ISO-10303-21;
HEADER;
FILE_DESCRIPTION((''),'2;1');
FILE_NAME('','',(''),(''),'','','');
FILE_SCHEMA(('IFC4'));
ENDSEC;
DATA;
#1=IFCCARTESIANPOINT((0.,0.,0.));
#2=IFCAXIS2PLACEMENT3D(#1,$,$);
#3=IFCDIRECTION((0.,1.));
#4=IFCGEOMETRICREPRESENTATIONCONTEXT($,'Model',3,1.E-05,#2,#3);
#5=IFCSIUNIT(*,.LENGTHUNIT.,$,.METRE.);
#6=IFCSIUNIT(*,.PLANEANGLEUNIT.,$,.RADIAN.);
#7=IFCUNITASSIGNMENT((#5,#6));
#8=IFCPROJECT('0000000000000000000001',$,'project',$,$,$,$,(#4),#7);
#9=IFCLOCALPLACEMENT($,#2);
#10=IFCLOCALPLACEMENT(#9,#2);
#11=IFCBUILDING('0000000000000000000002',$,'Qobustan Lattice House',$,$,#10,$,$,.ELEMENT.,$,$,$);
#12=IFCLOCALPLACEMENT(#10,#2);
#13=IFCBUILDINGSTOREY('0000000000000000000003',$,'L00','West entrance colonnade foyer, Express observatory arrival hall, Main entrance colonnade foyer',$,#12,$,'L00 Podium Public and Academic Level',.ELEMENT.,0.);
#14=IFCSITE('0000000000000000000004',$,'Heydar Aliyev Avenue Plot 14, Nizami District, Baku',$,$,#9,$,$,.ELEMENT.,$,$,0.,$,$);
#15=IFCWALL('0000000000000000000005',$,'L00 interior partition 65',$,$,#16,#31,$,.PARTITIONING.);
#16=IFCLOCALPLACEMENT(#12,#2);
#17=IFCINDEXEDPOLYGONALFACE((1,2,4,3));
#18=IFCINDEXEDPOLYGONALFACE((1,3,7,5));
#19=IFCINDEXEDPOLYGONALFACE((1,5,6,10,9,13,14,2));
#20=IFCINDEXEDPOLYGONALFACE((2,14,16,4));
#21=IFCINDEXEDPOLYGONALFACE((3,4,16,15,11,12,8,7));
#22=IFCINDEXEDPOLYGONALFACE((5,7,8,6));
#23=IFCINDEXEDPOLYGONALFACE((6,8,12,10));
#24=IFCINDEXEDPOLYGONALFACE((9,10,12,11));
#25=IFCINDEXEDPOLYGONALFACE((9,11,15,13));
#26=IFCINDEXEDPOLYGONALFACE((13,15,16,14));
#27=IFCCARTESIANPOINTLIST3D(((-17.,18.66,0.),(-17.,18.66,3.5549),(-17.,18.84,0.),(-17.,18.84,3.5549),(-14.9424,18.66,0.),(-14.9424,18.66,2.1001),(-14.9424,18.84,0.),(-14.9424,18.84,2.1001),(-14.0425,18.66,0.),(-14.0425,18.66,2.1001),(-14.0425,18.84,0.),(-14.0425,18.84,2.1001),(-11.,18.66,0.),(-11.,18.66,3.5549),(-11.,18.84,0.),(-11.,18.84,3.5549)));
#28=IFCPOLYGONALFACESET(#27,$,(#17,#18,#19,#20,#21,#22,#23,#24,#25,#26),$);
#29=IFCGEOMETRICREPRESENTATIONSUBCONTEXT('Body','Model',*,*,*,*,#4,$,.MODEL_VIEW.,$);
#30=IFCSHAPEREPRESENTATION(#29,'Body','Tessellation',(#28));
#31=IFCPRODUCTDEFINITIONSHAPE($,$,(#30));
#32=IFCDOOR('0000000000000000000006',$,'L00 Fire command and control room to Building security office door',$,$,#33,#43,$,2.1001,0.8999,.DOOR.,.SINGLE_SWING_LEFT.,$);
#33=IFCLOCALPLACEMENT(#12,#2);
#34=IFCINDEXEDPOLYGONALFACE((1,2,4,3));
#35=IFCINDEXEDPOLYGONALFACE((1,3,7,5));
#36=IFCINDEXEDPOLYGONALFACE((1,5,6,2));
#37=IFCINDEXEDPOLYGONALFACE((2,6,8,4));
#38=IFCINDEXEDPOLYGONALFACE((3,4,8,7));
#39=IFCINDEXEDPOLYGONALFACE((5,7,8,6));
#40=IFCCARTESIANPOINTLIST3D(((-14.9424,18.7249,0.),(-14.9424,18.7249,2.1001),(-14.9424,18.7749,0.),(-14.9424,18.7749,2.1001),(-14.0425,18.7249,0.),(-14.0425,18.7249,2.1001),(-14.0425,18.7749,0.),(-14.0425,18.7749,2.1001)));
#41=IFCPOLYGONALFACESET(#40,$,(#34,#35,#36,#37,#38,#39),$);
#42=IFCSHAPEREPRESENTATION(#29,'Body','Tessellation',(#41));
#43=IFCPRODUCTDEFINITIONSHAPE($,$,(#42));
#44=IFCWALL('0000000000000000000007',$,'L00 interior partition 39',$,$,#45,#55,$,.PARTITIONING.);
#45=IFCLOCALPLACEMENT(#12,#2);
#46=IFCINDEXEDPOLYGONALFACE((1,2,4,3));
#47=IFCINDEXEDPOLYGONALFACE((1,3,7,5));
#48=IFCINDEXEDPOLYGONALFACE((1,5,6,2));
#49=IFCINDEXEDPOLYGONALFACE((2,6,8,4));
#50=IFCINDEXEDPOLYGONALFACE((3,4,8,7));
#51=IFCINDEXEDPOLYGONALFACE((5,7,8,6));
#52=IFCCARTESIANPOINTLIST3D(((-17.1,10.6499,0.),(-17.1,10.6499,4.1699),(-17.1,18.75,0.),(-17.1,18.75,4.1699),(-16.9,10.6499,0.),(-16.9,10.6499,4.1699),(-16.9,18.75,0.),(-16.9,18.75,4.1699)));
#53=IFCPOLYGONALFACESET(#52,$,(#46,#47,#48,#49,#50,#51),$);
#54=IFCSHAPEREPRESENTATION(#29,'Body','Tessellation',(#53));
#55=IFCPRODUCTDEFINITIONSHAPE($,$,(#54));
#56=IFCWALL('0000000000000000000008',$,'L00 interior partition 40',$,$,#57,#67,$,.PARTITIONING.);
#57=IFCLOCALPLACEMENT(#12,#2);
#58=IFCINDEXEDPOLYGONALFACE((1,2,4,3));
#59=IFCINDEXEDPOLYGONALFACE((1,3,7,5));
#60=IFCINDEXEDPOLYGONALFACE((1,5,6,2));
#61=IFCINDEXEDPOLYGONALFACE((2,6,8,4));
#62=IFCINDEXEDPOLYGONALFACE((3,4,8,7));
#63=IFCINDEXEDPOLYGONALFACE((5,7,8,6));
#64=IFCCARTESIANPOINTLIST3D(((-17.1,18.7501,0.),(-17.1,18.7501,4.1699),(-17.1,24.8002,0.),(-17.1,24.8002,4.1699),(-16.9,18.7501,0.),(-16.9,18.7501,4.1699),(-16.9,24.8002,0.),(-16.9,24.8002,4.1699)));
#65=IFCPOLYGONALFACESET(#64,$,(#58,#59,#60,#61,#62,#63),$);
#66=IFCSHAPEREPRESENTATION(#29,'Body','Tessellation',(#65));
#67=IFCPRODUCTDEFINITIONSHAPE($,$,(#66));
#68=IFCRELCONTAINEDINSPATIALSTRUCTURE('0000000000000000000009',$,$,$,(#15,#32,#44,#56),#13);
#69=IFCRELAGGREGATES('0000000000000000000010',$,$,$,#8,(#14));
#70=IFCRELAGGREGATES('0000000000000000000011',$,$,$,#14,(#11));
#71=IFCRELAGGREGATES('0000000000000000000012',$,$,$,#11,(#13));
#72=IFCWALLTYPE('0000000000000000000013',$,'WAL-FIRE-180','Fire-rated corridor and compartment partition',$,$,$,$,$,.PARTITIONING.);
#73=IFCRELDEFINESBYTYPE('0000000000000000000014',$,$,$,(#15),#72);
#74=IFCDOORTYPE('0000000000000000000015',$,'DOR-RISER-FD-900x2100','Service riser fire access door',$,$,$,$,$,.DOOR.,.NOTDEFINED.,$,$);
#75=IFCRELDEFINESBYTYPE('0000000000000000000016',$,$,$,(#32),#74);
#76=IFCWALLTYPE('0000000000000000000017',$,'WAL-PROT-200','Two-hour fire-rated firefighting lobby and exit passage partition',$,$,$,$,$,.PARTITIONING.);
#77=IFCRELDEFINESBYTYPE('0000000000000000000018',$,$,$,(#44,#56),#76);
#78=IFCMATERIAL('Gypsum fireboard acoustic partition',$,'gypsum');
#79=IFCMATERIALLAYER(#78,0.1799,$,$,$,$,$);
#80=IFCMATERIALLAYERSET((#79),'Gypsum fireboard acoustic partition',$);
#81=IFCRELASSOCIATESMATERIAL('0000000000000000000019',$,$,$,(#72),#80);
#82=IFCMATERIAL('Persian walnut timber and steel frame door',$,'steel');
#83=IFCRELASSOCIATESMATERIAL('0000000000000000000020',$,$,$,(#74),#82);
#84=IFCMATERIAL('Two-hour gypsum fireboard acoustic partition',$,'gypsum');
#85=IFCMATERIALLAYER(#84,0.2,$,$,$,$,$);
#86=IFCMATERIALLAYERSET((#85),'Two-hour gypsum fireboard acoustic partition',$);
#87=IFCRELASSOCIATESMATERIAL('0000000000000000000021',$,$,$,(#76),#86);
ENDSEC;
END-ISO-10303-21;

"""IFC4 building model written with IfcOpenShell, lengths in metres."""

from ifc_helpers import new_model, si_unit, direction, frame, frame_2d, origin, place, context, subcontext, project, spatial, rectangle, extrude, material, layer, layer_set, type_object, element, fill, save


model = new_model("IFC4")

# Units and contexts
model_context = context("Model", 3, precision=1e-05, world=origin(), true_north=direction((0.0, 1.0)))
body_context = subcontext(model_context, "Body", "Model", "MODEL_VIEW")
ifc_project = project(units=[si_unit("LENGTHUNIT", "METRE"), si_unit("PLANEANGLEUNIT", "RADIAN")], contexts=[model_context])

# Site, building, storey
site_placement = place(None, origin())
site = spatial("IfcSite", under=ifc_project, at=site_placement, Name="Heydar Aliyev Avenue Plot 14, Nizami District, Baku", CompositionType="ELEMENT", RefElevation=0.0)
building_placement = place(site_placement, origin())
building = spatial("IfcBuilding", under=site, at=building_placement, Name="Qobustan Lattice House", CompositionType="ELEMENT")
storey_placement = place(building_placement, origin())
storey = spatial("IfcBuildingStorey", under=building, at=storey_placement, Name="L00", Description="West entrance colonnade foyer, Express observatory arrival hall, Main entrance colonnade foyer", LongName="L00 Podium Public and Academic Level", CompositionType="ELEMENT", Elevation=0.0)

# Wall, opening, door
ifc_material_1 = material(Name="Gypsum fireboard acoustic partition", Category="gypsum")
ifc_layer_1 = layer(ifc_material_1, 0.1799)
ifc_layer_set_1 = layer_set([ifc_layer_1], Name="Gypsum fireboard acoustic partition")
wall_type_1 = type_object("IfcWallType", Name="WAL-FIRE-180", Description="Fire-rated corridor and compartment partition", PredefinedType="PARTITIONING", material=ifc_layer_set_1)
wall_1_placement = place(storey_placement, frame((-17.0, 18.75, 0.0), z_axis=(0.0, 0.0, 1.0), x_axis=(1.0, 0.0, 0.0)))
wall_1 = element("IfcWall", 1, at=wall_1_placement, inside=storey, type_object=wall_type_1, Name="L00 interior partition 65", PredefinedType="PARTITIONING", context=body_context, shape_type="SweptSolid", body=[
    extrude(rectangle(XDim=6.0, YDim=0.1799, at=frame_2d((3.0, 0.0))), origin(), (0.0, 0.0, 1.0), 3.5549),
])
opening_placement = place(wall_1_placement, frame((2.0576, 0.0, 0.0)))
opening = element("IfcOpeningElement", 2, at=opening_placement, cuts=wall_1, PredefinedType="OPENING", context=body_context, shape_type="SweptSolid", body=[
    extrude(rectangle(XDim=0.8999, YDim=2.1001, at=frame_2d((0.45, 1.05))), frame((0.0, 0.0999, 0.0), z_axis=(0.0, -1.0, 0.0), x_axis=(1.0, 0.0, 0.0)), (0.0, 0.0, 1.0), 0.2),
])
ifc_material_2 = material(Name="Persian walnut timber and steel frame door", Category="steel")
door_type = type_object("IfcDoorType", Name="DOR-RISER-FD-900x2100", Description="Service riser fire access door", OperationType="NOTDEFINED", PredefinedType="DOOR", material=ifc_material_2)
door_placement = place(opening_placement, origin())
door = element("IfcDoor", 3, at=door_placement, inside=storey, type_object=door_type, Name="L00 Fire command and control room to Building security office door", OperationType="SINGLE_SWING_LEFT", OverallHeight=2.1001, OverallWidth=0.8999, PredefinedType="DOOR", context=body_context, shape_type="SweptSolid", body=[
    extrude(rectangle(XDim=0.8999, YDim=2.1001, at=frame_2d((0.45, 1.05))), frame((0.0, 0.0249, 0.0), z_axis=(0.0, -1.0, 0.0), x_axis=(1.0, 0.0, 0.0)), (0.0, 0.0, 1.0), 0.05),
])
fill(opening, door)

# Walls
ifc_material_3 = material(Name="Two-hour gypsum fireboard acoustic partition", Category="gypsum")
ifc_layer_2 = layer(ifc_material_3, 0.2)
ifc_layer_set_2 = layer_set([ifc_layer_2], Name="Two-hour gypsum fireboard acoustic partition")
wall_type_2 = type_object("IfcWallType", Name="WAL-PROT-200", Description="Two-hour fire-rated firefighting lobby and exit passage partition", PredefinedType="PARTITIONING", material=ifc_layer_set_2)
wall_2_placement = place(storey_placement, frame((-17.0, 18.75, 0.0), z_axis=(0.0, 0.0, 1.0), x_axis=(0.0, -1.0, 0.0)))
element("IfcWall", 4, at=wall_2_placement, inside=storey, type_object=wall_type_2, Name="L00 interior partition 39", PredefinedType="PARTITIONING", context=body_context, shape_type="SweptSolid", body=[
    extrude(rectangle(XDim=8.1001, YDim=0.2, at=frame_2d((4.05, 0.0))), origin(), (0.0, 0.0, 1.0), 4.1699),
])
wall_3_placement = place(storey_placement, frame((-17.0, 24.8, 0.0), z_axis=(0.0, 0.0, 1.0), x_axis=(0.0, -1.0, 0.0)))
element("IfcWall", 5, at=wall_3_placement, inside=storey, type_object=wall_type_2, Name="L00 interior partition 40", PredefinedType="PARTITIONING", context=body_context, shape_type="SweptSolid", body=[
    extrude(rectangle(XDim=6.05, YDim=0.2, at=frame_2d((3.0249, 0.0))), origin(), (0.0, 0.0, 1.0), 4.1699),
])

save(model, "model.ifc")
